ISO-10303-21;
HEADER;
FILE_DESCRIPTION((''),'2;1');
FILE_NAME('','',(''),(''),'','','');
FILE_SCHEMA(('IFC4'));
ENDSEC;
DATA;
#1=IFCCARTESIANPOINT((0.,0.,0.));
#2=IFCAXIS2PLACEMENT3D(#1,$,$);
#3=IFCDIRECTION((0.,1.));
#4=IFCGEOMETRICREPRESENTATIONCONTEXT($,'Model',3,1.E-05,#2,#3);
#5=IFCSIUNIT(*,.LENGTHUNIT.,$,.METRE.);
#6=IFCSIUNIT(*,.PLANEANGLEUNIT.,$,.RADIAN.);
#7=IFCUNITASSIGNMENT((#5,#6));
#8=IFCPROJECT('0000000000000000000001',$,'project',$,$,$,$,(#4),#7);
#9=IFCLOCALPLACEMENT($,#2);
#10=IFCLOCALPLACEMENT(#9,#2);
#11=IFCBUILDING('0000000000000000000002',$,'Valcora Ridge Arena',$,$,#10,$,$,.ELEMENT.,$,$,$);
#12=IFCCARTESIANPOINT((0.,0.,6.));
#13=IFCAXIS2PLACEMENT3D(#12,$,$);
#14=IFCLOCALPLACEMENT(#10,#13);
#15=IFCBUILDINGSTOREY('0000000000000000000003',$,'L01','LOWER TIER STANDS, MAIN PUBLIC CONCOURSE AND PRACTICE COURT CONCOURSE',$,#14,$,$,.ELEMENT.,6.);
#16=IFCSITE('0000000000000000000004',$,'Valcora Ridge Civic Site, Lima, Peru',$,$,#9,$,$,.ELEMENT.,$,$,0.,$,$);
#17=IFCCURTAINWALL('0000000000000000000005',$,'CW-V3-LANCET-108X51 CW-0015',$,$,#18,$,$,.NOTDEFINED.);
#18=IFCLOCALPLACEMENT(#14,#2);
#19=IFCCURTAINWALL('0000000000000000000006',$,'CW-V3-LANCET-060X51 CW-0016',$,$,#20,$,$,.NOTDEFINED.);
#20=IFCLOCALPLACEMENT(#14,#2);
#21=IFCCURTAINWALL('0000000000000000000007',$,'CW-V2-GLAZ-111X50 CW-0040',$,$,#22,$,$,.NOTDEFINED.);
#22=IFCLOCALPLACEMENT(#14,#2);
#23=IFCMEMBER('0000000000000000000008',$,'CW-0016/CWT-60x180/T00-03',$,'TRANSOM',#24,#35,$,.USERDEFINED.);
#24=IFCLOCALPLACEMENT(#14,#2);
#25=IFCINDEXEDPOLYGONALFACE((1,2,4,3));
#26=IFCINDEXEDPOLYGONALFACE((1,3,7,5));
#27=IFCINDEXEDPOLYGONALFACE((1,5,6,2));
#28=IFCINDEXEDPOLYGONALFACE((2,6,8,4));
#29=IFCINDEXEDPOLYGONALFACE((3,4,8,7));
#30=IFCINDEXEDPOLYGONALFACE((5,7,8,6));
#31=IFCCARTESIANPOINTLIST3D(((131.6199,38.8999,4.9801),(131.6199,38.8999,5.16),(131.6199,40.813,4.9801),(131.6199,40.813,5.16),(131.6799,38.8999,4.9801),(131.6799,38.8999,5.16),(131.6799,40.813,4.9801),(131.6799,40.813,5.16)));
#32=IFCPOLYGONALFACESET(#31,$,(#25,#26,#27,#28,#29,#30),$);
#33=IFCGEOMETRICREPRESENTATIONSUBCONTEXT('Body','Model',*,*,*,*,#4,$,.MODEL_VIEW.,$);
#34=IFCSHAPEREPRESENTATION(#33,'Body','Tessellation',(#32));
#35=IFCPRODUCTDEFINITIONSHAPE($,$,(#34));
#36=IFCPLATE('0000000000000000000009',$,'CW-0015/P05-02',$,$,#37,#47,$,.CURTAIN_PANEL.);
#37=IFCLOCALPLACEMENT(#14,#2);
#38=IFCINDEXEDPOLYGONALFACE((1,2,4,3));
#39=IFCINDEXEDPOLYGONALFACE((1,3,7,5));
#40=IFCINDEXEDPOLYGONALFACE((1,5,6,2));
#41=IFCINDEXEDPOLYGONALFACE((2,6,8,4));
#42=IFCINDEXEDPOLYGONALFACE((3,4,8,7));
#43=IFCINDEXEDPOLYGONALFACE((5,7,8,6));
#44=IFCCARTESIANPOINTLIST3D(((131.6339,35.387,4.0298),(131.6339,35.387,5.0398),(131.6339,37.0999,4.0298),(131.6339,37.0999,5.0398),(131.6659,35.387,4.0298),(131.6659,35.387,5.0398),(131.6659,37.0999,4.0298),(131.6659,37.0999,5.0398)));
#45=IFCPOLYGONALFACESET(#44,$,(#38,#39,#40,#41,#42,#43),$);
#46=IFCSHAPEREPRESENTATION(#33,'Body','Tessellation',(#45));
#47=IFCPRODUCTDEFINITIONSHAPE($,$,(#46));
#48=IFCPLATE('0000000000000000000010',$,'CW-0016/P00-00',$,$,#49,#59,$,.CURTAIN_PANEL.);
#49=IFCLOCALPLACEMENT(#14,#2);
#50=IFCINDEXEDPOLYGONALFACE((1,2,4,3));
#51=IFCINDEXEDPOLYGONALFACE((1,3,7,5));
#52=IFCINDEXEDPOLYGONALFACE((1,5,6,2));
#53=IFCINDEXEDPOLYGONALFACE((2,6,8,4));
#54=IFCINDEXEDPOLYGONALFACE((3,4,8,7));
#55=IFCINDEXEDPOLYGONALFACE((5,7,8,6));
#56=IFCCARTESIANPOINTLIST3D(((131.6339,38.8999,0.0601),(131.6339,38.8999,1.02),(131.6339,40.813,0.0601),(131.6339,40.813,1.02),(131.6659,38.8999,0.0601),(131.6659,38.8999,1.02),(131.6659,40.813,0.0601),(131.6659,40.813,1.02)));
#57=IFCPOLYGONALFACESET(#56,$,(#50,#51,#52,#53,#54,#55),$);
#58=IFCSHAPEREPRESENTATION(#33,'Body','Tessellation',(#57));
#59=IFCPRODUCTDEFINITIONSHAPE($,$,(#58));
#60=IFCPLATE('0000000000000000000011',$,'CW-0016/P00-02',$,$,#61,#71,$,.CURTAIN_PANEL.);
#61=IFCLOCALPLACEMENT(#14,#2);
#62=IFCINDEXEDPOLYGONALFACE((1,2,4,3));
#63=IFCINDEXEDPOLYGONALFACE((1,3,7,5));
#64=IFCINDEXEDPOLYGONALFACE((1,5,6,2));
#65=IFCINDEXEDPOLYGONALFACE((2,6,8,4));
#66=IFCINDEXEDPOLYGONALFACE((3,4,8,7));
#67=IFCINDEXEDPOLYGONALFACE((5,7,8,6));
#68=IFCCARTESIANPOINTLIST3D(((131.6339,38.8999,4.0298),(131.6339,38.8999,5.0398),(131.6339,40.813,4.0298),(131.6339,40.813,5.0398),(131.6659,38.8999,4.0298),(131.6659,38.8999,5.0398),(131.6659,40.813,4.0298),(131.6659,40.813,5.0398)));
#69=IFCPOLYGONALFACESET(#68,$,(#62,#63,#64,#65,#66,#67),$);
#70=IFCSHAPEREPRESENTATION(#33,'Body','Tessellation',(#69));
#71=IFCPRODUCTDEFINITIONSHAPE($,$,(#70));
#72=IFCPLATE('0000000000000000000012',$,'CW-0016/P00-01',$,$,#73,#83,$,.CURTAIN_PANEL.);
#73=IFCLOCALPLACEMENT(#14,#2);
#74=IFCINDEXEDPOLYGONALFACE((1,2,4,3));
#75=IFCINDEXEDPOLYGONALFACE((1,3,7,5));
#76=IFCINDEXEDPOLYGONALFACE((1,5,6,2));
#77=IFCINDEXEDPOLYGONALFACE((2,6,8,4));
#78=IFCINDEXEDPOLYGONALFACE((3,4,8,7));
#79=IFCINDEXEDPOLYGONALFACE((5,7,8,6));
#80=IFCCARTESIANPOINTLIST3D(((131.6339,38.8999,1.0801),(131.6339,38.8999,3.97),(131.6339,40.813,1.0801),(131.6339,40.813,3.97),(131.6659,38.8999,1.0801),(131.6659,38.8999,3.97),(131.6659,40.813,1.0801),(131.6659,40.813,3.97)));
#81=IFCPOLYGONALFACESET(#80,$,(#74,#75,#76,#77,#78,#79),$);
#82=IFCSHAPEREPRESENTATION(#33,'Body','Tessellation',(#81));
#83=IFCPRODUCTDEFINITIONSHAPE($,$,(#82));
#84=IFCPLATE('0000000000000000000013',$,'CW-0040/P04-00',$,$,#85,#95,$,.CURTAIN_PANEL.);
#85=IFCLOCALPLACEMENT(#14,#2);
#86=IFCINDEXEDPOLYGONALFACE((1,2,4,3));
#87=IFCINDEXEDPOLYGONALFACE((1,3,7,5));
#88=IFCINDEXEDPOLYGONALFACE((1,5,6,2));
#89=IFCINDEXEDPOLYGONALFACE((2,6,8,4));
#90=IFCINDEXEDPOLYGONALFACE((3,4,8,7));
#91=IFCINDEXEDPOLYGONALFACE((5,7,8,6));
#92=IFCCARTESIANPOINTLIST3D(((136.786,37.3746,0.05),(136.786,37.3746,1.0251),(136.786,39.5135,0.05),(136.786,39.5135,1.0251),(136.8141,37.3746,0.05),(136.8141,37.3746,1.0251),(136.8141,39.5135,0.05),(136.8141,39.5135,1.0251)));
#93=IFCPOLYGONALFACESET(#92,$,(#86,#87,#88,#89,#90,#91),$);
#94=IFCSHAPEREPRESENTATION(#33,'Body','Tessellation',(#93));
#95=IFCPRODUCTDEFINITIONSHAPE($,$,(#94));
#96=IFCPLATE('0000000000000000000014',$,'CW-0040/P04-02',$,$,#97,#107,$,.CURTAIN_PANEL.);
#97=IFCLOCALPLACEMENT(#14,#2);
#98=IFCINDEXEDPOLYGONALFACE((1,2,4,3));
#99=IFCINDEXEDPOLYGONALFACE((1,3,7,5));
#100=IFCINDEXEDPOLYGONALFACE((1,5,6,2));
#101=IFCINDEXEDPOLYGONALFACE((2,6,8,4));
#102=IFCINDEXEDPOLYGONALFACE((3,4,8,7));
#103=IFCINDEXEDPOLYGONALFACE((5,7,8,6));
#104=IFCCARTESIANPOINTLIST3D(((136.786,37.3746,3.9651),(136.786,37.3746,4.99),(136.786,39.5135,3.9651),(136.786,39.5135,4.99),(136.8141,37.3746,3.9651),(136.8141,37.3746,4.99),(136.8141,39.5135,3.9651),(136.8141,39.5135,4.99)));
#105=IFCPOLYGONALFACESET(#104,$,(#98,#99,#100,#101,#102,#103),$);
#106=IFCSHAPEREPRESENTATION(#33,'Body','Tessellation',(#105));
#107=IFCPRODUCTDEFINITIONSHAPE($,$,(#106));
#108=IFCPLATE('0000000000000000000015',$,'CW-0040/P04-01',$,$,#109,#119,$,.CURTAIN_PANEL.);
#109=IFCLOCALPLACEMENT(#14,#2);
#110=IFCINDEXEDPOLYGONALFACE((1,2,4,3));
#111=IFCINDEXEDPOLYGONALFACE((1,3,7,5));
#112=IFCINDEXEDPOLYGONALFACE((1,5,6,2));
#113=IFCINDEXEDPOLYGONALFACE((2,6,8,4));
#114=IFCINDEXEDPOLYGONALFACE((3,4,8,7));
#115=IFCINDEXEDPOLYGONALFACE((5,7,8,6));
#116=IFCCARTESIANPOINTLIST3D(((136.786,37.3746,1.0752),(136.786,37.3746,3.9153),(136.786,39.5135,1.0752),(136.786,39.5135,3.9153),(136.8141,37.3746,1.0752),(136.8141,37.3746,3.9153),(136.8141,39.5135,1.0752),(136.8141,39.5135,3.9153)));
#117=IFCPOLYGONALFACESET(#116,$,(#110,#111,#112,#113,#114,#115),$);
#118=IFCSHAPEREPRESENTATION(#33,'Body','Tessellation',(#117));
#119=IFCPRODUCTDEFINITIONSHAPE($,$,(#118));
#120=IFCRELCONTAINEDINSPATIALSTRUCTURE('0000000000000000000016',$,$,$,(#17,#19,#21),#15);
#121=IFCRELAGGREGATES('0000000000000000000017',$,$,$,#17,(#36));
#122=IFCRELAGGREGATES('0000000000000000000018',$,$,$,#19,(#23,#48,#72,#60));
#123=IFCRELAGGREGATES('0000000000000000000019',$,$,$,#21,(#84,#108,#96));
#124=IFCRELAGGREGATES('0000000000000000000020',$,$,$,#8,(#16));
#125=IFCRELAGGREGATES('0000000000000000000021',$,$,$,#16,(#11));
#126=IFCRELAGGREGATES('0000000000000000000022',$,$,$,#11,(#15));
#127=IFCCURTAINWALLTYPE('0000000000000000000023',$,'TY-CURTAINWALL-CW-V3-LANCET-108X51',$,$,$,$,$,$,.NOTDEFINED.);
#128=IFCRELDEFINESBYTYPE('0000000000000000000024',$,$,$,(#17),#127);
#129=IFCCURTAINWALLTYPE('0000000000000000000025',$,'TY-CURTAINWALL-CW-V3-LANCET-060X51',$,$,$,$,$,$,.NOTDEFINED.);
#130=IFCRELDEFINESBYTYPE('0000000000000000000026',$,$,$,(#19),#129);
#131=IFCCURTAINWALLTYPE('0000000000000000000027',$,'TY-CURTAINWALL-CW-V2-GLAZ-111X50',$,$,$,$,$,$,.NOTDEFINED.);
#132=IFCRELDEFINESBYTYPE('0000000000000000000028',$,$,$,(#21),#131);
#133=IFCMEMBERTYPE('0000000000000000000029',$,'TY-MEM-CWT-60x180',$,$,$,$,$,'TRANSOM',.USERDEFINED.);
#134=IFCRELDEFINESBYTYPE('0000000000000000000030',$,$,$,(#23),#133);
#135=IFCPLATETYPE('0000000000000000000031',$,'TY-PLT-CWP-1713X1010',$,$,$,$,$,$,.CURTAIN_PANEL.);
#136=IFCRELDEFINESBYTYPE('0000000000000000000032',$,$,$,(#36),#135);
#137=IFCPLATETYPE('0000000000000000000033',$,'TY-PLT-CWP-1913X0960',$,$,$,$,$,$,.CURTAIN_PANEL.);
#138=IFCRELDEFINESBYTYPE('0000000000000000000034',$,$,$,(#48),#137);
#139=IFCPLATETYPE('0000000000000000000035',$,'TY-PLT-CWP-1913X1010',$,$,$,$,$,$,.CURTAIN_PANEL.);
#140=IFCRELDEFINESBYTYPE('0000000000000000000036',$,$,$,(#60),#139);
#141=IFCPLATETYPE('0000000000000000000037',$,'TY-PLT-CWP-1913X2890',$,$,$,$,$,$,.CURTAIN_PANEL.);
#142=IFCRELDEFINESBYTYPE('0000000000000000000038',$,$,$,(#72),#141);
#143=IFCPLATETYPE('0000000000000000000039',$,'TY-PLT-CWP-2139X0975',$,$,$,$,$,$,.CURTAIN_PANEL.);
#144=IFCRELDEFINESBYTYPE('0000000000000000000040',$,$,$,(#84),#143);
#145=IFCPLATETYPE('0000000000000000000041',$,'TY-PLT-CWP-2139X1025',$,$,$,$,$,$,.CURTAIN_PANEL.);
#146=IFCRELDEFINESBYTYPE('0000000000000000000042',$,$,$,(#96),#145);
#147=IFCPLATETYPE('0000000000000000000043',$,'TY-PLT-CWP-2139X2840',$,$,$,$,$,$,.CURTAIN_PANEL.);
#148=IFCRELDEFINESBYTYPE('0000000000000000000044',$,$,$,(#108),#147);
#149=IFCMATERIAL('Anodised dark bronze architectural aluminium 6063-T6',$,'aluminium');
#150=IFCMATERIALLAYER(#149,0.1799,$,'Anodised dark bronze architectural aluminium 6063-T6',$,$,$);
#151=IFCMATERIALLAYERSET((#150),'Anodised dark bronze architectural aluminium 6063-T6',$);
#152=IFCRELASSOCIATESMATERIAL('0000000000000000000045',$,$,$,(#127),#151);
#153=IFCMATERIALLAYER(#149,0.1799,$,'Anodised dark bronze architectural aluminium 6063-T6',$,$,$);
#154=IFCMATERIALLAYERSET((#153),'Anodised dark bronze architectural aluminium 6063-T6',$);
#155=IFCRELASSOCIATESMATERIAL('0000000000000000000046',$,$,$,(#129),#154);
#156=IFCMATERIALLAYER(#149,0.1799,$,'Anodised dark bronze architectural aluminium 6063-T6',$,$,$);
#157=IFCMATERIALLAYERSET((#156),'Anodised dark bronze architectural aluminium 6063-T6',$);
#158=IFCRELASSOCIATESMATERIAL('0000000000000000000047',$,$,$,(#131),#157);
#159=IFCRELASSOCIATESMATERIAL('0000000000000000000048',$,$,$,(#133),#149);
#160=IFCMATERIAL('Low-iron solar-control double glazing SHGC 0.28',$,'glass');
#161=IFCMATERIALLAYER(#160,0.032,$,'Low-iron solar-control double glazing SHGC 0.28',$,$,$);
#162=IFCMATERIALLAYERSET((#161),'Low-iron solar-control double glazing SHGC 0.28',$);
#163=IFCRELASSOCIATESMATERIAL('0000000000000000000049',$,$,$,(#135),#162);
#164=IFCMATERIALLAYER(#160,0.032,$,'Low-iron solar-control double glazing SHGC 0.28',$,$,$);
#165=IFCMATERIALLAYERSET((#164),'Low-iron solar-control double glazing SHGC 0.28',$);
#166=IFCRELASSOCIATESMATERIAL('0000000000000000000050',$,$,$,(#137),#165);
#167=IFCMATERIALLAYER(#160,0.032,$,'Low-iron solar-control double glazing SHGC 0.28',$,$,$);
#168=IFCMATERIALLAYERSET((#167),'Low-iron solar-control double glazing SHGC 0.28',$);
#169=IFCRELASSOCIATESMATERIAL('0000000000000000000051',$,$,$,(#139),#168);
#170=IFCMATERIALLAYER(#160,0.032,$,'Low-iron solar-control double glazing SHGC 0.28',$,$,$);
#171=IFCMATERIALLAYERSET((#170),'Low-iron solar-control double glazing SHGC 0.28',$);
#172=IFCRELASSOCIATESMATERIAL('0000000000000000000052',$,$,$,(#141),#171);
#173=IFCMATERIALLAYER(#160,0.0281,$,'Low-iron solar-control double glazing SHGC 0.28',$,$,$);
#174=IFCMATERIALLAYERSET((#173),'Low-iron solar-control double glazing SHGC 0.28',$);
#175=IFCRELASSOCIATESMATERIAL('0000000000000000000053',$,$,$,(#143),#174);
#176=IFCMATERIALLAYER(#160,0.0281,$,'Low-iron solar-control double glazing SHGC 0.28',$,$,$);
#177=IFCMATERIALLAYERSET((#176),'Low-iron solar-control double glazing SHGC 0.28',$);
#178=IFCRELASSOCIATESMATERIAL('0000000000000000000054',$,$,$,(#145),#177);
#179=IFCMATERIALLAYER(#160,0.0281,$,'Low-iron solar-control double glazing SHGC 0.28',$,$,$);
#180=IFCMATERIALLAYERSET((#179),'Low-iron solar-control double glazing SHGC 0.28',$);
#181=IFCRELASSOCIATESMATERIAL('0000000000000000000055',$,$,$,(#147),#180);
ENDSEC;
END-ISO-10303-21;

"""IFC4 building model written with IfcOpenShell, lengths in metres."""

from ifc_helpers import new_model, si_unit, direction, frame, origin, origin_2d, place, context, subcontext, project, spatial, rectangle, extrude, material, layer, layer_set, material_profile, profile_set, type_object, element, aggregate, save


model = new_model("IFC4")

# Units and contexts
model_context = context("Model", 3, precision=1e-05, world=origin(), true_north=direction((0.0, 1.0)))
body_context = subcontext(model_context, "Body", "Model", "MODEL_VIEW")
ifc_project = project(units=[si_unit("LENGTHUNIT", "METRE"), si_unit("PLANEANGLEUNIT", "RADIAN")], contexts=[model_context])

# Site, building, storey
site_placement = place(None, origin())
site = spatial("IfcSite", under=ifc_project, at=site_placement, Name="Valcora Ridge Civic Site, Lima, Peru", CompositionType="ELEMENT", RefElevation=0.0)
building_placement = place(site_placement, origin())
building = spatial("IfcBuilding", under=site, at=building_placement, Name="Valcora Ridge Arena", CompositionType="ELEMENT")
storey_placement = place(building_placement, frame((0.0, 0.0, 6.0)))
storey = spatial("IfcBuildingStorey", under=building, at=storey_placement, Name="L01", Description="LOWER TIER STANDS, MAIN PUBLIC CONCOURSE AND PRACTICE COURT CONCOURSE", CompositionType="ELEMENT", Elevation=6.0)

# Curtain walls
ifc_material_1 = material(Name="Anodised dark bronze architectural aluminium 6063-T6", Category="aluminium")
ifc_layer_1 = layer(ifc_material_1, 0.1799, Name="Anodised dark bronze architectural aluminium 6063-T6")
ifc_layer_set_1 = layer_set([ifc_layer_1], Name="Anodised dark bronze architectural aluminium 6063-T6")
curtain_wall_type_1 = type_object("IfcCurtainWallType", Name="TY-CURTAINWALL-CW-V3-LANCET-108X51", PredefinedType="NOTDEFINED", material=ifc_layer_set_1)
curtain_wall_1_placement = place(storey_placement, origin())
curtain_wall_1 = element("IfcCurtainWall", 1, at=curtain_wall_1_placement, inside=storey, type_object=curtain_wall_type_1, Name="CW-V3-LANCET-108X51 CW-0015", PredefinedType="NOTDEFINED")
ifc_layer_2 = layer(ifc_material_1, 0.1799, Name="Anodised dark bronze architectural aluminium 6063-T6")
ifc_layer_set_2 = layer_set([ifc_layer_2], Name="Anodised dark bronze architectural aluminium 6063-T6")
curtain_wall_type_2 = type_object("IfcCurtainWallType", Name="TY-CURTAINWALL-CW-V3-LANCET-060X51", PredefinedType="NOTDEFINED", material=ifc_layer_set_2)
curtain_wall_2_placement = place(storey_placement, origin())
curtain_wall_2 = element("IfcCurtainWall", 2, at=curtain_wall_2_placement, inside=storey, type_object=curtain_wall_type_2, Name="CW-V3-LANCET-060X51 CW-0016", PredefinedType="NOTDEFINED")

# Curtain wall
ifc_layer_3 = layer(ifc_material_1, 0.1799, Name="Anodised dark bronze architectural aluminium 6063-T6")
ifc_layer_set_3 = layer_set([ifc_layer_3], Name="Anodised dark bronze architectural aluminium 6063-T6")
curtain_wall_type_3 = type_object("IfcCurtainWallType", Name="TY-CURTAINWALL-CW-V2-GLAZ-111X50", PredefinedType="NOTDEFINED", material=ifc_layer_set_3)
curtain_wall_3_placement = place(storey_placement, origin())
curtain_wall_3 = element("IfcCurtainWall", 3, at=curtain_wall_3_placement, inside=storey, type_object=curtain_wall_type_3, Name="CW-V2-GLAZ-111X50 CW-0040", PredefinedType="NOTDEFINED")

# Member
ifc_material_profile_1 = material_profile(ifc_material_1, rectangle(XDim=0.0601, YDim=0.1799, at=origin_2d()), Name="ALU TRANSOM 60x180")
ifc_profile_set_1 = profile_set([ifc_material_profile_1], Name="Anodised dark bronze architectural aluminium 6063-T6")
member_type_1 = type_object("IfcMemberType", Name="TY-MEM-CWT-60x180", ElementType="TRANSOM", PredefinedType="USERDEFINED", material=ifc_profile_set_1)
member_1_placement = place(storey_placement, frame((131.6499, 38.8999, 5.0701), z_axis=(0.0, 1.0, 0.0), x_axis=(-1.0, 0.0, 0.0)))
member_1 = element("IfcMember", 4, at=member_1_placement, type_object=member_type_1, Name="CW-0016/CWT-60x180/T00-03", ObjectType="TRANSOM", PredefinedType="USERDEFINED", context=body_context, shape_type="SweptSolid", body=[
    extrude(rectangle(XDim=0.0601, YDim=0.1799, at=origin_2d()), origin(), (0.0, 0.0, 1.0), 1.9131),
])

# Plates
ifc_material_2 = material(Name="Low-iron solar-control double glazing SHGC 0.28", Category="glass")
ifc_layer_4 = layer(ifc_material_2, 0.032, Name="Low-iron solar-control double glazing SHGC 0.28")
ifc_layer_set_4 = layer_set([ifc_layer_4], Name="Low-iron solar-control double glazing SHGC 0.28")
plate_type_1 = type_object("IfcPlateType", Name="TY-PLT-CWP-1713X1010", PredefinedType="CURTAIN_PANEL", material=ifc_layer_set_4)
plate_1_placement = place(storey_placement, frame((131.6499, 36.2434, 4.0298), z_axis=(0.0, 0.0, 1.0), x_axis=(0.0, 1.0, 0.0)))
plate_1 = element("IfcPlate", 5, at=plate_1_placement, type_object=plate_type_1, Name="CW-0015/P05-02", PredefinedType="CURTAIN_PANEL", context=body_context, shape_type="SweptSolid", body=[
    extrude(rectangle(XDim=1.7129, YDim=0.032, at=origin_2d()), origin(), (0.0, 0.0, 1.0), 1.01),
])
aggregate(curtain_wall_1, [plate_1])
ifc_layer_5 = layer(ifc_material_2, 0.032, Name="Low-iron solar-control double glazing SHGC 0.28")
ifc_layer_set_5 = layer_set([ifc_layer_5], Name="Low-iron solar-control double glazing SHGC 0.28")
plate_type_2 = type_object("IfcPlateType", Name="TY-PLT-CWP-1913X0960", PredefinedType="CURTAIN_PANEL", material=ifc_layer_set_5)
plate_2_placement = place(storey_placement, frame((131.6499, 39.8564, 0.0601), z_axis=(0.0, 0.0, 1.0), x_axis=(0.0, 1.0, 0.0)))
plate_2 = element("IfcPlate", 6, at=plate_2_placement, type_object=plate_type_2, Name="CW-0016/P00-00", PredefinedType="CURTAIN_PANEL", context=body_context, shape_type="SweptSolid", body=[
    extrude(rectangle(XDim=1.9131, YDim=0.032, at=origin_2d()), origin(), (0.0, 0.0, 1.0), 0.96),
])
ifc_layer_6 = layer(ifc_material_2, 0.032, Name="Low-iron solar-control double glazing SHGC 0.28")
ifc_layer_set_6 = layer_set([ifc_layer_6], Name="Low-iron solar-control double glazing SHGC 0.28")
plate_type_3 = type_object("IfcPlateType", Name="TY-PLT-CWP-1913X1010", PredefinedType="CURTAIN_PANEL", material=ifc_layer_set_6)
plate_3_placement = place(storey_placement, frame((131.6499, 39.8564, 4.0298), z_axis=(0.0, 0.0, 1.0), x_axis=(0.0, 1.0, 0.0)))
plate_3 = element("IfcPlate", 7, at=plate_3_placement, type_object=plate_type_3, Name="CW-0016/P00-02", PredefinedType="CURTAIN_PANEL", context=body_context, shape_type="SweptSolid", body=[
    extrude(rectangle(XDim=1.9131, YDim=0.032, at=origin_2d()), origin(), (0.0, 0.0, 1.0), 1.01),
])
ifc_layer_7 = layer(ifc_material_2, 0.032, Name="Low-iron solar-control double glazing SHGC 0.28")
ifc_layer_set_7 = layer_set([ifc_layer_7], Name="Low-iron solar-control double glazing SHGC 0.28")
plate_type_4 = type_object("IfcPlateType", Name="TY-PLT-CWP-1913X2890", PredefinedType="CURTAIN_PANEL", material=ifc_layer_set_7)
plate_4_placement = place(storey_placement, frame((131.6499, 39.8564, 1.0801), z_axis=(0.0, 0.0, 1.0), x_axis=(0.0, 1.0, 0.0)))
plate_4 = element("IfcPlate", 8, at=plate_4_placement, type_object=plate_type_4, Name="CW-0016/P00-01", PredefinedType="CURTAIN_PANEL", context=body_context, shape_type="SweptSolid", body=[
    extrude(rectangle(XDim=1.9131, YDim=0.032, at=origin_2d()), origin(), (0.0, 0.0, 1.0), 2.8899),
])
aggregate(curtain_wall_2, [member_1, plate_2, plate_4, plate_3])
ifc_layer_8 = layer(ifc_material_2, 0.0281, Name="Low-iron solar-control double glazing SHGC 0.28")
ifc_layer_set_8 = layer_set([ifc_layer_8], Name="Low-iron solar-control double glazing SHGC 0.28")
plate_type_5 = type_object("IfcPlateType", Name="TY-PLT-CWP-2139X0975", PredefinedType="CURTAIN_PANEL", material=ifc_layer_set_8)
plate_5_placement = place(storey_placement, frame((136.8, 38.4441, 0.05), z_axis=(0.0, 0.0, 1.0), x_axis=(0.0, 1.0, 0.0)))
plate_5 = element("IfcPlate", 9, at=plate_5_placement, type_object=plate_type_5, Name="CW-0040/P04-00", PredefinedType="CURTAIN_PANEL", context=body_context, shape_type="SweptSolid", body=[
    extrude(rectangle(XDim=2.1389, YDim=0.0281, at=origin_2d()), origin(), (0.0, 0.0, 1.0), 0.9751),
])
ifc_layer_9 = layer(ifc_material_2, 0.0281, Name="Low-iron solar-control double glazing SHGC 0.28")
ifc_layer_set_9 = layer_set([ifc_layer_9], Name="Low-iron solar-control double glazing SHGC 0.28")
plate_type_6 = type_object("IfcPlateType", Name="TY-PLT-CWP-2139X1025", PredefinedType="CURTAIN_PANEL", material=ifc_layer_set_9)
plate_6_placement = place(storey_placement, frame((136.8, 38.4441, 3.9651), z_axis=(0.0, 0.0, 1.0), x_axis=(0.0, 1.0, 0.0)))
plate_6 = element("IfcPlate", 10, at=plate_6_placement, type_object=plate_type_6, Name="CW-0040/P04-02", PredefinedType="CURTAIN_PANEL", context=body_context, shape_type="SweptSolid", body=[
    extrude(rectangle(XDim=2.1389, YDim=0.0281, at=origin_2d()), origin(), (0.0, 0.0, 1.0), 1.0249),
])
ifc_layer_10 = layer(ifc_material_2, 0.0281, Name="Low-iron solar-control double glazing SHGC 0.28")
ifc_layer_set_10 = layer_set([ifc_layer_10], Name="Low-iron solar-control double glazing SHGC 0.28")
plate_type_7 = type_object("IfcPlateType", Name="TY-PLT-CWP-2139X2840", PredefinedType="CURTAIN_PANEL", material=ifc_layer_set_10)
plate_7_placement = place(storey_placement, frame((136.8, 38.4441, 1.0752), z_axis=(0.0, 0.0, 1.0), x_axis=(0.0, 1.0, 0.0)))
plate_7 = element("IfcPlate", 11, at=plate_7_placement, type_object=plate_type_7, Name="CW-0040/P04-01", PredefinedType="CURTAIN_PANEL", context=body_context, shape_type="SweptSolid", body=[
    extrude(rectangle(XDim=2.1389, YDim=0.0281, at=origin_2d()), origin(), (0.0, 0.0, 1.0), 2.8401),
])
aggregate(curtain_wall_3, [plate_5, plate_7, plate_6])

save(model, "model.ifc")
